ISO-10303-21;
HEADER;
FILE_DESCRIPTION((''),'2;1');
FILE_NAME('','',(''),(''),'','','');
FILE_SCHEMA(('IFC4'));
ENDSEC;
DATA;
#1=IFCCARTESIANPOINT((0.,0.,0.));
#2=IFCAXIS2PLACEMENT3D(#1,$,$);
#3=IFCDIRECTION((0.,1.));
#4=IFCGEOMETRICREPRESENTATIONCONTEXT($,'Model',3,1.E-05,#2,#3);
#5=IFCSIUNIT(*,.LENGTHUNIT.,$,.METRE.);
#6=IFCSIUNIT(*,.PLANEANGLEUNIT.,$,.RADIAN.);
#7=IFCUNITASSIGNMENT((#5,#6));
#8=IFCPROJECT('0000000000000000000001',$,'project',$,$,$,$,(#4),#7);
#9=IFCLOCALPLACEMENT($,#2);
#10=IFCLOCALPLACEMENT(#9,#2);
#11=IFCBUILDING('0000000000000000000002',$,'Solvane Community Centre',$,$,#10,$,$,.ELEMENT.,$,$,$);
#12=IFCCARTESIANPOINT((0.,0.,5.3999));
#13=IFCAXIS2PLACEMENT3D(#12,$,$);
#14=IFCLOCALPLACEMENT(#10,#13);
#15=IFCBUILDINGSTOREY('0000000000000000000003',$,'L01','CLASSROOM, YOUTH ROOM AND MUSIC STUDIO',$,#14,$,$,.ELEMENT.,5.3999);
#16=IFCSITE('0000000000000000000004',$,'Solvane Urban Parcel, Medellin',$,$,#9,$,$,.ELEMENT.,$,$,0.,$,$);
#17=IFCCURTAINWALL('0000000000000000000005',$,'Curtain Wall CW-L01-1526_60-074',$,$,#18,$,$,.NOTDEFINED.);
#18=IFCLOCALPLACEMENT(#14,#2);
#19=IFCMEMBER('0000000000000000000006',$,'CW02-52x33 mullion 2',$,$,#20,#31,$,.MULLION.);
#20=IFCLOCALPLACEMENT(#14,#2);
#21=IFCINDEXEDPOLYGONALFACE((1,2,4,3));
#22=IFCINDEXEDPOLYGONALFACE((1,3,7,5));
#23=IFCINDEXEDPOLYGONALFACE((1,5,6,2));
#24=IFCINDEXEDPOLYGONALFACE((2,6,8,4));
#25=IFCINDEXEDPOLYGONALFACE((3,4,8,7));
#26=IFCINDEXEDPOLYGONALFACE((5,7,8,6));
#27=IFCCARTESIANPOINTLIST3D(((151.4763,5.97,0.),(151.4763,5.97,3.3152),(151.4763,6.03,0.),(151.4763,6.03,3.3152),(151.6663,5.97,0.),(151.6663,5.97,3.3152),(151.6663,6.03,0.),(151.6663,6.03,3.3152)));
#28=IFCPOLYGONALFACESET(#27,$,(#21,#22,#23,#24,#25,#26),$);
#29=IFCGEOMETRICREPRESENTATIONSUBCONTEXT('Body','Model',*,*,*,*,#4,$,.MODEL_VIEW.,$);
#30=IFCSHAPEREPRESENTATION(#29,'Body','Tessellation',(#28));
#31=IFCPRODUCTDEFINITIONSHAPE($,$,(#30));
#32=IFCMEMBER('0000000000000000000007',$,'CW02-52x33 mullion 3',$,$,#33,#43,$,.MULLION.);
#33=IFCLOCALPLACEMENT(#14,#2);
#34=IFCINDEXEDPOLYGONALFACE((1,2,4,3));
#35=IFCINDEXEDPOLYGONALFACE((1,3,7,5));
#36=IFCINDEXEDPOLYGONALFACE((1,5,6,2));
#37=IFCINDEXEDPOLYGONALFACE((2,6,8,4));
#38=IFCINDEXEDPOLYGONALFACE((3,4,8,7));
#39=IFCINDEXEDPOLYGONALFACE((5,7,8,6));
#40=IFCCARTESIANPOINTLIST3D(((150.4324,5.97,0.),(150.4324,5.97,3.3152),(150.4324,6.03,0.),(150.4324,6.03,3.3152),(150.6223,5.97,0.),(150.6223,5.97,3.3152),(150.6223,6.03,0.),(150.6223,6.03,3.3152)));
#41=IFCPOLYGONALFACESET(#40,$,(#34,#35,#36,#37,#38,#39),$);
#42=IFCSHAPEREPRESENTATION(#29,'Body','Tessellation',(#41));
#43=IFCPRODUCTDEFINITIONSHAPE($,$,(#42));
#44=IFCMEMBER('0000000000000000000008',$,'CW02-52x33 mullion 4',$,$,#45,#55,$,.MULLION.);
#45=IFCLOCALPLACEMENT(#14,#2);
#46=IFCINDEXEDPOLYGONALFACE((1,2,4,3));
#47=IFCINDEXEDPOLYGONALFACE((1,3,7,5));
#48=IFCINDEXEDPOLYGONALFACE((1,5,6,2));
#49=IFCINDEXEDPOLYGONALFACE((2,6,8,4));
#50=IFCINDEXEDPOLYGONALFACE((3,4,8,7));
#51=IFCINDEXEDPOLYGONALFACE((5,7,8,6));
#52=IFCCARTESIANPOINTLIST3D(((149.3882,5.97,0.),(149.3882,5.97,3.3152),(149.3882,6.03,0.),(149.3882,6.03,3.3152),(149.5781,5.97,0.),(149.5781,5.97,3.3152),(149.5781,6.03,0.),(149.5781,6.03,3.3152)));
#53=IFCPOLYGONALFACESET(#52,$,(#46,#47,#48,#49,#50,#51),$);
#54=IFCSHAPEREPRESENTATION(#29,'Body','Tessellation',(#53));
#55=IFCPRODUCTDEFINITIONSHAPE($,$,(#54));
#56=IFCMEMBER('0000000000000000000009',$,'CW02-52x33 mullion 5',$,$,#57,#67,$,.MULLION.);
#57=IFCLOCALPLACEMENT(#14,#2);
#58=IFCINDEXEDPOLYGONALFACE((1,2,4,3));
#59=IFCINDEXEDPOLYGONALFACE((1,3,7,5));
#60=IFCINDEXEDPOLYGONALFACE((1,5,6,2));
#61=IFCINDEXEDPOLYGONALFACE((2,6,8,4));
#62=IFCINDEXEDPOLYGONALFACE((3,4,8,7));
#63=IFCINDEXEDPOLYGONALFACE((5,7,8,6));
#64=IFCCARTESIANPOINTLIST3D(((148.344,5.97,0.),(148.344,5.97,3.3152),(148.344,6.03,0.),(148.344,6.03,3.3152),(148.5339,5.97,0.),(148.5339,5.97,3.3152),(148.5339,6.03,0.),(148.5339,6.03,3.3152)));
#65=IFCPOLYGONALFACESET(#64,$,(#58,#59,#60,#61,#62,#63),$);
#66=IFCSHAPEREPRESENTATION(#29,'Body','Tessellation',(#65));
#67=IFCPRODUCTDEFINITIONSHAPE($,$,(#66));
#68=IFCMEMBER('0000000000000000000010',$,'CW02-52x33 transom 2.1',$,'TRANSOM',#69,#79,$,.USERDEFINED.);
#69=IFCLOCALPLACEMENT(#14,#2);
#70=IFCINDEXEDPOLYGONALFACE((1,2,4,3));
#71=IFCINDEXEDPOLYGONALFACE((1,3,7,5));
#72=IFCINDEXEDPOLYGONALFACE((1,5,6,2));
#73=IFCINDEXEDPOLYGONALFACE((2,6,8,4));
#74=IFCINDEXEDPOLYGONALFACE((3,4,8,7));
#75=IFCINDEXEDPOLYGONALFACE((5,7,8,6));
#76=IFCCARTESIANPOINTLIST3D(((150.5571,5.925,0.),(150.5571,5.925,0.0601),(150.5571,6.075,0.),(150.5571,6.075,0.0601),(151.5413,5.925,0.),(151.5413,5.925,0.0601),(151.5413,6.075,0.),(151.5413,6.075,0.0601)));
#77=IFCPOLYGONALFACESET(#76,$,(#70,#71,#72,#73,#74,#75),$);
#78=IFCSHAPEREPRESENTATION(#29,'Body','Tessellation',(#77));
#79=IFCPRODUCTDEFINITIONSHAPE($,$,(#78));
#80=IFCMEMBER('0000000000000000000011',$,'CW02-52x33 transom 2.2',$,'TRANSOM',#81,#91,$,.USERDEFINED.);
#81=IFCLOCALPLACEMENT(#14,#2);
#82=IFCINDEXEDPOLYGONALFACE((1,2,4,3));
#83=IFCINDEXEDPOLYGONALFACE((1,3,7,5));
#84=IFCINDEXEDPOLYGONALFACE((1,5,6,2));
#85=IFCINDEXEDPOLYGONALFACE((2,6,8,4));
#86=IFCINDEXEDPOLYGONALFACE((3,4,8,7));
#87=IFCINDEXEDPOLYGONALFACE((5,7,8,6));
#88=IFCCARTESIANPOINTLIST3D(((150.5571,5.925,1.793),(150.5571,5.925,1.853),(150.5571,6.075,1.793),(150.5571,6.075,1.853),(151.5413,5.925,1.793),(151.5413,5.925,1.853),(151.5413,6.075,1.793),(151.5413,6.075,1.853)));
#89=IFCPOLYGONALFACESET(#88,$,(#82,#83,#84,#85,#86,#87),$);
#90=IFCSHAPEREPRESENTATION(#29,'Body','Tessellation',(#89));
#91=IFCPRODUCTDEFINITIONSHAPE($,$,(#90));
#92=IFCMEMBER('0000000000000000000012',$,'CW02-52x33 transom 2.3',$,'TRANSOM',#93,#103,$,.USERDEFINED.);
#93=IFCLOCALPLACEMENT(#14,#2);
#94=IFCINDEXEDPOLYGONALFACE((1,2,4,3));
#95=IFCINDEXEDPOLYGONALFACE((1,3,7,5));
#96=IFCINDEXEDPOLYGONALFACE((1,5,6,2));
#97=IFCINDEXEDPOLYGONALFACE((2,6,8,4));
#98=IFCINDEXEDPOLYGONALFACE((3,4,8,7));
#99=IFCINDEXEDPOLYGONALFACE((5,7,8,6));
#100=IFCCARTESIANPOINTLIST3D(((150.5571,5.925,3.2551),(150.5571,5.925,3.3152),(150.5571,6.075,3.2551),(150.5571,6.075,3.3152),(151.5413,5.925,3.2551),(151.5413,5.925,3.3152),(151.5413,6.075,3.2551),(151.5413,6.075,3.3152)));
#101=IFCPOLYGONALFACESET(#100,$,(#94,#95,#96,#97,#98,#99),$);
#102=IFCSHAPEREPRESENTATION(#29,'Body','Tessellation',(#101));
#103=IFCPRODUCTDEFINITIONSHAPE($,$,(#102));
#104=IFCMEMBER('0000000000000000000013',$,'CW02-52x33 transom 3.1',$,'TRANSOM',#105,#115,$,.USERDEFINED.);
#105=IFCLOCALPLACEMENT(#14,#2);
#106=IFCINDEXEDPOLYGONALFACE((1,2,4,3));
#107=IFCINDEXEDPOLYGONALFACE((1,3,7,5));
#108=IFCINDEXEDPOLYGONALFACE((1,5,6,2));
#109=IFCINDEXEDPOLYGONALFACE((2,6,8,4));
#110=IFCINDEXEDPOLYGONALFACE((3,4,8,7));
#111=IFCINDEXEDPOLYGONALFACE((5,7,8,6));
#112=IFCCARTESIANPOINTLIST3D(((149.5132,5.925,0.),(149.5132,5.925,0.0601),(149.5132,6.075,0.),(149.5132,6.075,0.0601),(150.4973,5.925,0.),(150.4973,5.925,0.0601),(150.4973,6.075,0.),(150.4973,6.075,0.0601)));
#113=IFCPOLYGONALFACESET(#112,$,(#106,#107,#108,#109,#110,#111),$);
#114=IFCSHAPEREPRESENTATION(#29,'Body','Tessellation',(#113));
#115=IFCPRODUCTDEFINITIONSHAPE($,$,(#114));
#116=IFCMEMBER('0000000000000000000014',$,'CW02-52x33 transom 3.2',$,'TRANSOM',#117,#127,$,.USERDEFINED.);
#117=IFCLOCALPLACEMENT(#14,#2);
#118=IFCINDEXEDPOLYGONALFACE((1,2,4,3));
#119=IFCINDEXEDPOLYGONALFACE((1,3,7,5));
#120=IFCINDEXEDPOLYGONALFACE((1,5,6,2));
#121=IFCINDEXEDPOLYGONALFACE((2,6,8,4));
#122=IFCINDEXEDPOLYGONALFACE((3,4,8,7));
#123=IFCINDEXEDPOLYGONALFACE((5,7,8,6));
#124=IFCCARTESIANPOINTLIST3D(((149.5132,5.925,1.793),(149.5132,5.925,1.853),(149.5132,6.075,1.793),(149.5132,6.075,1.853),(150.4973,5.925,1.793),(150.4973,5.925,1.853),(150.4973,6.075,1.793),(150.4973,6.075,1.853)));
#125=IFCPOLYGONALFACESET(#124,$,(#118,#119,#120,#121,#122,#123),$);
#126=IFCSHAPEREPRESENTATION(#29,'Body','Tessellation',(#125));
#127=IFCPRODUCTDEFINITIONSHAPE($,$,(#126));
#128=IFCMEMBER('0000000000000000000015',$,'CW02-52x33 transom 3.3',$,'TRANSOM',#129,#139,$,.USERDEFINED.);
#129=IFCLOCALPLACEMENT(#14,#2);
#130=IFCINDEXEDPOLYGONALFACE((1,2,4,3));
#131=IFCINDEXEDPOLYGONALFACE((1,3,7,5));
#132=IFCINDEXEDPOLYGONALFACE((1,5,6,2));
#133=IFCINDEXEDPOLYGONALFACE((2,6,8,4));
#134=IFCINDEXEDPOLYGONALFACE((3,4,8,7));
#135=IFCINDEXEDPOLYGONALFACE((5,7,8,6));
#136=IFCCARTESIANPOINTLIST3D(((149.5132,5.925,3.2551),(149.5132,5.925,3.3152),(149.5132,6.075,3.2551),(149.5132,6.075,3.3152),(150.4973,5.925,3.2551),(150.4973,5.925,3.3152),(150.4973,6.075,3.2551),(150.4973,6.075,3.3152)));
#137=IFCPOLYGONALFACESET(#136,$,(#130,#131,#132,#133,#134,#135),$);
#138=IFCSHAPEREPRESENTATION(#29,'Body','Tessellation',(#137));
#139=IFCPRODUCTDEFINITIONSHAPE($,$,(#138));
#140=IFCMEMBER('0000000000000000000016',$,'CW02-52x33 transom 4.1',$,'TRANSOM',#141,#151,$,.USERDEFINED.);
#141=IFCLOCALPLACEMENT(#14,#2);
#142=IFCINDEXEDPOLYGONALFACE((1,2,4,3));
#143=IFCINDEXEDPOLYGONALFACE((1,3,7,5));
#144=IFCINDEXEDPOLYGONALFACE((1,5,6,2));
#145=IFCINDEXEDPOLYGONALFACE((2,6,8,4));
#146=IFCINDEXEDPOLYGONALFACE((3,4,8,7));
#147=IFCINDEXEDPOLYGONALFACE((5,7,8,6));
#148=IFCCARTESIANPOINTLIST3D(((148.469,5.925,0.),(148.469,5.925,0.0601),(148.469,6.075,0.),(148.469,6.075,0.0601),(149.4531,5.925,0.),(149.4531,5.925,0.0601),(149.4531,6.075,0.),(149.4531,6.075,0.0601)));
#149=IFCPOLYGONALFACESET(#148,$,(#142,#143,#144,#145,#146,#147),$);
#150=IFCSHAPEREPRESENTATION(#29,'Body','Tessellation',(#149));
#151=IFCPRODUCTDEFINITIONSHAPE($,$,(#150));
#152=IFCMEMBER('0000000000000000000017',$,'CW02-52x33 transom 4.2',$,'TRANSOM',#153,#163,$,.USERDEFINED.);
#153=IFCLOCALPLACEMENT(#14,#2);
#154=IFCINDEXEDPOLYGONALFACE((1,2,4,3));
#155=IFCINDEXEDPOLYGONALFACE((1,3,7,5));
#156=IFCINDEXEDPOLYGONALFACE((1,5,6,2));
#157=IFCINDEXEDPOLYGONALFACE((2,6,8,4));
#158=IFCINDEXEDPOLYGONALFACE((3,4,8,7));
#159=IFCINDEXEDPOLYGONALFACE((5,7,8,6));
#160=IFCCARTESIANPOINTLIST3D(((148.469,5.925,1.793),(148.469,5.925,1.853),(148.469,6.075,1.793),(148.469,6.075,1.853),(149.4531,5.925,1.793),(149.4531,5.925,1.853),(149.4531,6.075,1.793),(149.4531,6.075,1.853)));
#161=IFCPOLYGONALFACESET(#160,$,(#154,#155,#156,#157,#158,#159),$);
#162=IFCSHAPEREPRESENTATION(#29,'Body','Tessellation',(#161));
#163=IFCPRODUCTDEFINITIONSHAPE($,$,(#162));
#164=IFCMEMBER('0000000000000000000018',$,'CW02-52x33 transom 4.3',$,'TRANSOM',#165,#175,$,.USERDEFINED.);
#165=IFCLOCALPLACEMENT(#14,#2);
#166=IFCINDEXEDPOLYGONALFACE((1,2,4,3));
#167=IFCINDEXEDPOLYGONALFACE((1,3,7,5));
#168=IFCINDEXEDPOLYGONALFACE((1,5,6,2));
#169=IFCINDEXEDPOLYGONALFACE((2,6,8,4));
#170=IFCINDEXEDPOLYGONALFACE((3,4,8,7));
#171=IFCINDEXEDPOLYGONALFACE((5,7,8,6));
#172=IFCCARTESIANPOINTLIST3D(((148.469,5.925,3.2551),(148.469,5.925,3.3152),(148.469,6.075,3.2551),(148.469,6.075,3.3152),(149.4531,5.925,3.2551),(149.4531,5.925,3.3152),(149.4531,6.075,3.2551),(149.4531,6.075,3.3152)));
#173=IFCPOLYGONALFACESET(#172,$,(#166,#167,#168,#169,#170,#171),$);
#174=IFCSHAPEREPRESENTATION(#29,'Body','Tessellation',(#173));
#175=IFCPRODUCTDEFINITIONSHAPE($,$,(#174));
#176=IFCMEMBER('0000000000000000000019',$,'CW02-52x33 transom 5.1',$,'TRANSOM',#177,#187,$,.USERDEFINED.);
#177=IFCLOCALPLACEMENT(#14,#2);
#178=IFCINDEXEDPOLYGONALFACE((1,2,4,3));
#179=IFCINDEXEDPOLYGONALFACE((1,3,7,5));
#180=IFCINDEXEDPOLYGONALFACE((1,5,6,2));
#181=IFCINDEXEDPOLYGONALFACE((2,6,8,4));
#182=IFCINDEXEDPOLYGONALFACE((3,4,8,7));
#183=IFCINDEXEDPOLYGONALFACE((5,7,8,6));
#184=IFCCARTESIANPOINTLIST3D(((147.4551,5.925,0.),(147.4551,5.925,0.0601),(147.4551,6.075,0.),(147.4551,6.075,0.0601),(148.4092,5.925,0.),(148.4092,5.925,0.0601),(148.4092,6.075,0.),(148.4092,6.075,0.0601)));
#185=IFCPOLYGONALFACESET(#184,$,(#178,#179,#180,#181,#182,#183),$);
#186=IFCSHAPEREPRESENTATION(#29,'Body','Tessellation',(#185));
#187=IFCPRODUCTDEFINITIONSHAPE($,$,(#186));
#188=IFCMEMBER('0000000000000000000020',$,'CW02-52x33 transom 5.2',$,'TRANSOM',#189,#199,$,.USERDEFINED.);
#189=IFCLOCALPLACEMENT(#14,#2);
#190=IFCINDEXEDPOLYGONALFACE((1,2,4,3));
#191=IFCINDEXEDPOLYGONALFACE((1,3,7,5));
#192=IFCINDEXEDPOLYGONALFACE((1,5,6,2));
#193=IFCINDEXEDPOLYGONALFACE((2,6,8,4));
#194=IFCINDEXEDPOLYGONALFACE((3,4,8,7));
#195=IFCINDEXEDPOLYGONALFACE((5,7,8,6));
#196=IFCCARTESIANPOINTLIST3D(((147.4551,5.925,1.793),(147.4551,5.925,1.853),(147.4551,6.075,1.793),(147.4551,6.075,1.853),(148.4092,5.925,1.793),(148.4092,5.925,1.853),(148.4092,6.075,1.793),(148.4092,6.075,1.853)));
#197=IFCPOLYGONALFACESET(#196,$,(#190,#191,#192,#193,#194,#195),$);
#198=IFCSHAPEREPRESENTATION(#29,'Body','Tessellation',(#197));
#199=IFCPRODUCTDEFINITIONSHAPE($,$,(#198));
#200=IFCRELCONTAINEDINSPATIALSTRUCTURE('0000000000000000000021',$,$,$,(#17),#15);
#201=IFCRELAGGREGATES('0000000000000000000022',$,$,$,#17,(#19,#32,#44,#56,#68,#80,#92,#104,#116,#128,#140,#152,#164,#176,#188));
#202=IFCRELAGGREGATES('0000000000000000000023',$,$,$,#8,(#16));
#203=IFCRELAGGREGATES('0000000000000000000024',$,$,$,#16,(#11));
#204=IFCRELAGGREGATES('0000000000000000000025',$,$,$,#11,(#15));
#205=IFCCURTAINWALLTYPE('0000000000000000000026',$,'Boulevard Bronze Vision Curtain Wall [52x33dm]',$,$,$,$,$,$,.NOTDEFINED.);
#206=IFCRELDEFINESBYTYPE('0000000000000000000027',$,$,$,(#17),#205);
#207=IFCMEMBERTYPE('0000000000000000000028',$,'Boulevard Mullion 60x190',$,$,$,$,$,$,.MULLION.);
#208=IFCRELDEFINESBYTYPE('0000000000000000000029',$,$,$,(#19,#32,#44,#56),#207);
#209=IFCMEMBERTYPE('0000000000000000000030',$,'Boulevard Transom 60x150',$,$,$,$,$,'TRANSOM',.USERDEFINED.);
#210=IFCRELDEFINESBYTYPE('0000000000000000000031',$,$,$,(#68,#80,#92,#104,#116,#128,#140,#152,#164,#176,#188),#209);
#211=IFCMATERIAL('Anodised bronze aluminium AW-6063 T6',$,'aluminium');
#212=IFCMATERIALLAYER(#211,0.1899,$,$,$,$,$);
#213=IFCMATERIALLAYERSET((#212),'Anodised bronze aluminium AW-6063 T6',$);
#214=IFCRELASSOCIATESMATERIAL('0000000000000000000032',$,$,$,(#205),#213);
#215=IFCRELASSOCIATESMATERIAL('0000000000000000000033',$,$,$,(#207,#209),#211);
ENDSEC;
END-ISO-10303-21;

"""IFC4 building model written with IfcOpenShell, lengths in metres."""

from ifc_helpers import new_model, si_unit, direction, frame, origin, origin_2d, place, context, subcontext, project, spatial, rectangle, extrude, material, layer, layer_set, material_profile, profile_set, type_object, element, aggregate, save


model = new_model("IFC4")

# Units and contexts
model_context = context("Model", 3, precision=1e-05, world=origin(), true_north=direction((0.0, 1.0)))
body_context = subcontext(model_context, "Body", "Model", "MODEL_VIEW")
ifc_project = project(units=[si_unit("LENGTHUNIT", "METRE"), si_unit("PLANEANGLEUNIT", "RADIAN")], contexts=[model_context])

# Site, building, storey
site_placement = place(None, origin())
site = spatial("IfcSite", under=ifc_project, at=site_placement, Name="Solvane Urban Parcel, Medellin", CompositionType="ELEMENT", RefElevation=0.0)
building_placement = place(site_placement, origin())
building = spatial("IfcBuilding", under=site, at=building_placement, Name="Solvane Community Centre", CompositionType="ELEMENT")
storey_placement = place(building_placement, frame((0.0, 0.0, 5.3999)))
storey = spatial("IfcBuildingStorey", under=building, at=storey_placement, Name="L01", Description="CLASSROOM, YOUTH ROOM AND MUSIC STUDIO", CompositionType="ELEMENT", Elevation=5.3999)

# Curtain wall, members
ifc_material_1 = material(Name="Anodised bronze aluminium AW-6063 T6", Category="aluminium")
ifc_layer_1 = layer(ifc_material_1, 0.1899)
ifc_layer_set_1 = layer_set([ifc_layer_1], Name="Anodised bronze aluminium AW-6063 T6")
curtain_wall_type = type_object("IfcCurtainWallType", Name="Boulevard Bronze Vision Curtain Wall [52x33dm]", PredefinedType="NOTDEFINED", material=ifc_layer_set_1)
curtain_wall_placement = place(storey_placement, origin())
curtain_wall = element("IfcCurtainWall", 1, at=curtain_wall_placement, inside=storey, type_object=curtain_wall_type, Name="Curtain Wall CW-L01-1526_60-074", PredefinedType="NOTDEFINED")
ifc_material_profile_1 = material_profile(ifc_material_1, rectangle(XDim=0.0601, YDim=0.1899, at=origin_2d()), Name="CW-M 60x190")
ifc_profile_set_1 = profile_set([ifc_material_profile_1], Name="Anodised bronze aluminium AW-6063 T6")
member_type_1 = type_object("IfcMemberType", Name="Boulevard Mullion 60x190", PredefinedType="MULLION", material=ifc_profile_set_1)
member_1_placement = place(storey_placement, frame((151.5713, 6.0, 0.0), z_axis=(0.0, 0.0, 1.0), x_axis=(0.0, -1.0, 0.0)))
member_1 = element("IfcMember", 2, at=member_1_placement, type_object=member_type_1, Name="CW02-52x33 mullion 2", PredefinedType="MULLION", context=body_context, shape_type="SweptSolid", body=[
    extrude(rectangle(XDim=0.0601, YDim=0.1899, at=origin_2d()), origin(), (0.0, 0.0, 1.0), 3.3152),
])
member_2_placement = place(storey_placement, frame((150.5273, 6.0, 0.0), z_axis=(0.0, 0.0, 1.0), x_axis=(0.0, -1.0, 0.0)))
member_2 = element("IfcMember", 3, at=member_2_placement, type_object=member_type_1, Name="CW02-52x33 mullion 3", PredefinedType="MULLION", context=body_context, shape_type="SweptSolid", body=[
    extrude(rectangle(XDim=0.0601, YDim=0.1899, at=origin_2d()), origin(), (0.0, 0.0, 1.0), 3.3152),
])
member_3_placement = place(storey_placement, frame((149.4832, 6.0, 0.0), z_axis=(0.0, 0.0, 1.0), x_axis=(0.0, -1.0, 0.0)))
member_3 = element("IfcMember", 4, at=member_3_placement, type_object=member_type_1, Name="CW02-52x33 mullion 4", PredefinedType="MULLION", context=body_context, shape_type="SweptSolid", body=[
    extrude(rectangle(XDim=0.0601, YDim=0.1899, at=origin_2d()), origin(), (0.0, 0.0, 1.0), 3.3152),
])
member_4_placement = place(storey_placement, frame((148.439, 6.0, 0.0), z_axis=(0.0, 0.0, 1.0), x_axis=(0.0, -1.0, 0.0)))
member_4 = element("IfcMember", 5, at=member_4_placement, type_object=member_type_1, Name="CW02-52x33 mullion 5", PredefinedType="MULLION", context=body_context, shape_type="SweptSolid", body=[
    extrude(rectangle(XDim=0.0601, YDim=0.1899, at=origin_2d()), origin(), (0.0, 0.0, 1.0), 3.3152),
])
ifc_material_profile_2 = material_profile(ifc_material_1, rectangle(XDim=0.1499, YDim=0.0601, at=origin_2d()), Name="CW-T 60x150")
ifc_profile_set_2 = profile_set([ifc_material_profile_2], Name="Anodised bronze aluminium AW-6063 T6")
member_type_2 = type_object("IfcMemberType", Name="Boulevard Transom 60x150", ElementType="TRANSOM", PredefinedType="USERDEFINED", material=ifc_profile_set_2)
member_5_placement = place(storey_placement, frame((151.5413, 6.0, 0.03), z_axis=(-1.0, 0.0, 0.0), x_axis=(0.0, -1.0, 0.0)))
member_5 = element("IfcMember", 6, at=member_5_placement, type_object=member_type_2, Name="CW02-52x33 transom 2.1", ObjectType="TRANSOM", PredefinedType="USERDEFINED", context=body_context, shape_type="SweptSolid", body=[
    extrude(rectangle(XDim=0.1499, YDim=0.0601, at=origin_2d()), origin(), (0.0, 0.0, 1.0), 0.9841),
])
member_6_placement = place(storey_placement, frame((151.5413, 6.0, 1.823), z_axis=(-1.0, 0.0, 0.0), x_axis=(0.0, -1.0, 0.0)))
member_6 = element("IfcMember", 7, at=member_6_placement, type_object=member_type_2, Name="CW02-52x33 transom 2.2", ObjectType="TRANSOM", PredefinedType="USERDEFINED", context=body_context, shape_type="SweptSolid", body=[
    extrude(rectangle(XDim=0.1499, YDim=0.0601, at=origin_2d()), origin(), (0.0, 0.0, 1.0), 0.9841),
])
member_7_placement = place(storey_placement, frame((151.5413, 6.0, 3.2852), z_axis=(-1.0, 0.0, 0.0), x_axis=(0.0, -1.0, 0.0)))
member_7 = element("IfcMember", 8, at=member_7_placement, type_object=member_type_2, Name="CW02-52x33 transom 2.3", ObjectType="TRANSOM", PredefinedType="USERDEFINED", context=body_context, shape_type="SweptSolid", body=[
    extrude(rectangle(XDim=0.1499, YDim=0.0601, at=origin_2d()), origin(), (0.0, 0.0, 1.0), 0.9841),
])
member_8_placement = place(storey_placement, frame((150.4973, 6.0, 0.03), z_axis=(-1.0, 0.0, 0.0), x_axis=(0.0, -1.0, 0.0)))
member_8 = element("IfcMember", 9, at=member_8_placement, type_object=member_type_2, Name="CW02-52x33 transom 3.1", ObjectType="TRANSOM", PredefinedType="USERDEFINED", context=body_context, shape_type="SweptSolid", body=[
    extrude(rectangle(XDim=0.1499, YDim=0.0601, at=origin_2d()), origin(), (0.0, 0.0, 1.0), 0.9841),
])
member_9_placement = place(storey_placement, frame((150.4973, 6.0, 1.823), z_axis=(-1.0, 0.0, 0.0), x_axis=(0.0, -1.0, 0.0)))
member_9 = element("IfcMember", 10, at=member_9_placement, type_object=member_type_2, Name="CW02-52x33 transom 3.2", ObjectType="TRANSOM", PredefinedType="USERDEFINED", context=body_context, shape_type="SweptSolid", body=[
    extrude(rectangle(XDim=0.1499, YDim=0.0601, at=origin_2d()), origin(), (0.0, 0.0, 1.0), 0.9841),
])
member_10_placement = place(storey_placement, frame((150.4973, 6.0, 3.2852), z_axis=(-1.0, 0.0, 0.0), x_axis=(0.0, -1.0, 0.0)))
member_10 = element("IfcMember", 11, at=member_10_placement, type_object=member_type_2, Name="CW02-52x33 transom 3.3", ObjectType="TRANSOM", PredefinedType="USERDEFINED", context=body_context, shape_type="SweptSolid", body=[
    extrude(rectangle(XDim=0.1499, YDim=0.0601, at=origin_2d()), origin(), (0.0, 0.0, 1.0), 0.9841),
])
member_11_placement = place(storey_placement, frame((149.4531, 6.0, 0.03), z_axis=(-1.0, 0.0, 0.0), x_axis=(0.0, -1.0, 0.0)))
member_11 = element("IfcMember", 12, at=member_11_placement, type_object=member_type_2, Name="CW02-52x33 transom 4.1", ObjectType="TRANSOM", PredefinedType="USERDEFINED", context=body_context, shape_type="SweptSolid", body=[
    extrude(rectangle(XDim=0.1499, YDim=0.0601, at=origin_2d()), origin(), (0.0, 0.0, 1.0), 0.9841),
])
member_12_placement = place(storey_placement, frame((149.4531, 6.0, 1.823), z_axis=(-1.0, 0.0, 0.0), x_axis=(0.0, -1.0, 0.0)))
member_12 = element("IfcMember", 13, at=member_12_placement, type_object=member_type_2, Name="CW02-52x33 transom 4.2", ObjectType="TRANSOM", PredefinedType="USERDEFINED", context=body_context, shape_type="SweptSolid", body=[
    extrude(rectangle(XDim=0.1499, YDim=0.0601, at=origin_2d()), origin(), (0.0, 0.0, 1.0), 0.9841),
])
member_13_placement = place(storey_placement, frame((149.4531, 6.0, 3.2852), z_axis=(-1.0, 0.0, 0.0), x_axis=(0.0, -1.0, 0.0)))
member_13 = element("IfcMember", 14, at=member_13_placement, type_object=member_type_2, Name="CW02-52x33 transom 4.3", ObjectType="TRANSOM", PredefinedType="USERDEFINED", context=body_context, shape_type="SweptSolid", body=[
    extrude(rectangle(XDim=0.1499, YDim=0.0601, at=origin_2d()), origin(), (0.0, 0.0, 1.0), 0.9841),
])
member_14_placement = place(storey_placement, frame((148.4092, 6.0, 0.03), z_axis=(-1.0, 0.0, 0.0), x_axis=(0.0, -1.0, 0.0)))
member_14 = element("IfcMember", 15, at=member_14_placement, type_object=member_type_2, Name="CW02-52x33 transom 5.1", ObjectType="TRANSOM", PredefinedType="USERDEFINED", context=body_context, shape_type="SweptSolid", body=[
    extrude(rectangle(XDim=0.1499, YDim=0.0601, at=origin_2d()), origin(), (0.0, 0.0, 1.0), 0.9541),
])
member_15_placement = place(storey_placement, frame((148.4092, 6.0, 1.823), z_axis=(-1.0, 0.0, 0.0), x_axis=(0.0, -1.0, 0.0)))
member_15 = element("IfcMember", 16, at=member_15_placement, type_object=member_type_2, Name="CW02-52x33 transom 5.2", ObjectType="TRANSOM", PredefinedType="USERDEFINED", context=body_context, shape_type="SweptSolid", body=[
    extrude(rectangle(XDim=0.1499, YDim=0.0601, at=origin_2d()), origin(), (0.0, 0.0, 1.0), 0.9541),
])
aggregate(curtain_wall, [member_1, member_2, member_3, member_4, member_5, member_6, member_7, member_8, member_9, member_10, member_11, member_12, member_13, member_14, member_15])

save(model, "model.ifc")
